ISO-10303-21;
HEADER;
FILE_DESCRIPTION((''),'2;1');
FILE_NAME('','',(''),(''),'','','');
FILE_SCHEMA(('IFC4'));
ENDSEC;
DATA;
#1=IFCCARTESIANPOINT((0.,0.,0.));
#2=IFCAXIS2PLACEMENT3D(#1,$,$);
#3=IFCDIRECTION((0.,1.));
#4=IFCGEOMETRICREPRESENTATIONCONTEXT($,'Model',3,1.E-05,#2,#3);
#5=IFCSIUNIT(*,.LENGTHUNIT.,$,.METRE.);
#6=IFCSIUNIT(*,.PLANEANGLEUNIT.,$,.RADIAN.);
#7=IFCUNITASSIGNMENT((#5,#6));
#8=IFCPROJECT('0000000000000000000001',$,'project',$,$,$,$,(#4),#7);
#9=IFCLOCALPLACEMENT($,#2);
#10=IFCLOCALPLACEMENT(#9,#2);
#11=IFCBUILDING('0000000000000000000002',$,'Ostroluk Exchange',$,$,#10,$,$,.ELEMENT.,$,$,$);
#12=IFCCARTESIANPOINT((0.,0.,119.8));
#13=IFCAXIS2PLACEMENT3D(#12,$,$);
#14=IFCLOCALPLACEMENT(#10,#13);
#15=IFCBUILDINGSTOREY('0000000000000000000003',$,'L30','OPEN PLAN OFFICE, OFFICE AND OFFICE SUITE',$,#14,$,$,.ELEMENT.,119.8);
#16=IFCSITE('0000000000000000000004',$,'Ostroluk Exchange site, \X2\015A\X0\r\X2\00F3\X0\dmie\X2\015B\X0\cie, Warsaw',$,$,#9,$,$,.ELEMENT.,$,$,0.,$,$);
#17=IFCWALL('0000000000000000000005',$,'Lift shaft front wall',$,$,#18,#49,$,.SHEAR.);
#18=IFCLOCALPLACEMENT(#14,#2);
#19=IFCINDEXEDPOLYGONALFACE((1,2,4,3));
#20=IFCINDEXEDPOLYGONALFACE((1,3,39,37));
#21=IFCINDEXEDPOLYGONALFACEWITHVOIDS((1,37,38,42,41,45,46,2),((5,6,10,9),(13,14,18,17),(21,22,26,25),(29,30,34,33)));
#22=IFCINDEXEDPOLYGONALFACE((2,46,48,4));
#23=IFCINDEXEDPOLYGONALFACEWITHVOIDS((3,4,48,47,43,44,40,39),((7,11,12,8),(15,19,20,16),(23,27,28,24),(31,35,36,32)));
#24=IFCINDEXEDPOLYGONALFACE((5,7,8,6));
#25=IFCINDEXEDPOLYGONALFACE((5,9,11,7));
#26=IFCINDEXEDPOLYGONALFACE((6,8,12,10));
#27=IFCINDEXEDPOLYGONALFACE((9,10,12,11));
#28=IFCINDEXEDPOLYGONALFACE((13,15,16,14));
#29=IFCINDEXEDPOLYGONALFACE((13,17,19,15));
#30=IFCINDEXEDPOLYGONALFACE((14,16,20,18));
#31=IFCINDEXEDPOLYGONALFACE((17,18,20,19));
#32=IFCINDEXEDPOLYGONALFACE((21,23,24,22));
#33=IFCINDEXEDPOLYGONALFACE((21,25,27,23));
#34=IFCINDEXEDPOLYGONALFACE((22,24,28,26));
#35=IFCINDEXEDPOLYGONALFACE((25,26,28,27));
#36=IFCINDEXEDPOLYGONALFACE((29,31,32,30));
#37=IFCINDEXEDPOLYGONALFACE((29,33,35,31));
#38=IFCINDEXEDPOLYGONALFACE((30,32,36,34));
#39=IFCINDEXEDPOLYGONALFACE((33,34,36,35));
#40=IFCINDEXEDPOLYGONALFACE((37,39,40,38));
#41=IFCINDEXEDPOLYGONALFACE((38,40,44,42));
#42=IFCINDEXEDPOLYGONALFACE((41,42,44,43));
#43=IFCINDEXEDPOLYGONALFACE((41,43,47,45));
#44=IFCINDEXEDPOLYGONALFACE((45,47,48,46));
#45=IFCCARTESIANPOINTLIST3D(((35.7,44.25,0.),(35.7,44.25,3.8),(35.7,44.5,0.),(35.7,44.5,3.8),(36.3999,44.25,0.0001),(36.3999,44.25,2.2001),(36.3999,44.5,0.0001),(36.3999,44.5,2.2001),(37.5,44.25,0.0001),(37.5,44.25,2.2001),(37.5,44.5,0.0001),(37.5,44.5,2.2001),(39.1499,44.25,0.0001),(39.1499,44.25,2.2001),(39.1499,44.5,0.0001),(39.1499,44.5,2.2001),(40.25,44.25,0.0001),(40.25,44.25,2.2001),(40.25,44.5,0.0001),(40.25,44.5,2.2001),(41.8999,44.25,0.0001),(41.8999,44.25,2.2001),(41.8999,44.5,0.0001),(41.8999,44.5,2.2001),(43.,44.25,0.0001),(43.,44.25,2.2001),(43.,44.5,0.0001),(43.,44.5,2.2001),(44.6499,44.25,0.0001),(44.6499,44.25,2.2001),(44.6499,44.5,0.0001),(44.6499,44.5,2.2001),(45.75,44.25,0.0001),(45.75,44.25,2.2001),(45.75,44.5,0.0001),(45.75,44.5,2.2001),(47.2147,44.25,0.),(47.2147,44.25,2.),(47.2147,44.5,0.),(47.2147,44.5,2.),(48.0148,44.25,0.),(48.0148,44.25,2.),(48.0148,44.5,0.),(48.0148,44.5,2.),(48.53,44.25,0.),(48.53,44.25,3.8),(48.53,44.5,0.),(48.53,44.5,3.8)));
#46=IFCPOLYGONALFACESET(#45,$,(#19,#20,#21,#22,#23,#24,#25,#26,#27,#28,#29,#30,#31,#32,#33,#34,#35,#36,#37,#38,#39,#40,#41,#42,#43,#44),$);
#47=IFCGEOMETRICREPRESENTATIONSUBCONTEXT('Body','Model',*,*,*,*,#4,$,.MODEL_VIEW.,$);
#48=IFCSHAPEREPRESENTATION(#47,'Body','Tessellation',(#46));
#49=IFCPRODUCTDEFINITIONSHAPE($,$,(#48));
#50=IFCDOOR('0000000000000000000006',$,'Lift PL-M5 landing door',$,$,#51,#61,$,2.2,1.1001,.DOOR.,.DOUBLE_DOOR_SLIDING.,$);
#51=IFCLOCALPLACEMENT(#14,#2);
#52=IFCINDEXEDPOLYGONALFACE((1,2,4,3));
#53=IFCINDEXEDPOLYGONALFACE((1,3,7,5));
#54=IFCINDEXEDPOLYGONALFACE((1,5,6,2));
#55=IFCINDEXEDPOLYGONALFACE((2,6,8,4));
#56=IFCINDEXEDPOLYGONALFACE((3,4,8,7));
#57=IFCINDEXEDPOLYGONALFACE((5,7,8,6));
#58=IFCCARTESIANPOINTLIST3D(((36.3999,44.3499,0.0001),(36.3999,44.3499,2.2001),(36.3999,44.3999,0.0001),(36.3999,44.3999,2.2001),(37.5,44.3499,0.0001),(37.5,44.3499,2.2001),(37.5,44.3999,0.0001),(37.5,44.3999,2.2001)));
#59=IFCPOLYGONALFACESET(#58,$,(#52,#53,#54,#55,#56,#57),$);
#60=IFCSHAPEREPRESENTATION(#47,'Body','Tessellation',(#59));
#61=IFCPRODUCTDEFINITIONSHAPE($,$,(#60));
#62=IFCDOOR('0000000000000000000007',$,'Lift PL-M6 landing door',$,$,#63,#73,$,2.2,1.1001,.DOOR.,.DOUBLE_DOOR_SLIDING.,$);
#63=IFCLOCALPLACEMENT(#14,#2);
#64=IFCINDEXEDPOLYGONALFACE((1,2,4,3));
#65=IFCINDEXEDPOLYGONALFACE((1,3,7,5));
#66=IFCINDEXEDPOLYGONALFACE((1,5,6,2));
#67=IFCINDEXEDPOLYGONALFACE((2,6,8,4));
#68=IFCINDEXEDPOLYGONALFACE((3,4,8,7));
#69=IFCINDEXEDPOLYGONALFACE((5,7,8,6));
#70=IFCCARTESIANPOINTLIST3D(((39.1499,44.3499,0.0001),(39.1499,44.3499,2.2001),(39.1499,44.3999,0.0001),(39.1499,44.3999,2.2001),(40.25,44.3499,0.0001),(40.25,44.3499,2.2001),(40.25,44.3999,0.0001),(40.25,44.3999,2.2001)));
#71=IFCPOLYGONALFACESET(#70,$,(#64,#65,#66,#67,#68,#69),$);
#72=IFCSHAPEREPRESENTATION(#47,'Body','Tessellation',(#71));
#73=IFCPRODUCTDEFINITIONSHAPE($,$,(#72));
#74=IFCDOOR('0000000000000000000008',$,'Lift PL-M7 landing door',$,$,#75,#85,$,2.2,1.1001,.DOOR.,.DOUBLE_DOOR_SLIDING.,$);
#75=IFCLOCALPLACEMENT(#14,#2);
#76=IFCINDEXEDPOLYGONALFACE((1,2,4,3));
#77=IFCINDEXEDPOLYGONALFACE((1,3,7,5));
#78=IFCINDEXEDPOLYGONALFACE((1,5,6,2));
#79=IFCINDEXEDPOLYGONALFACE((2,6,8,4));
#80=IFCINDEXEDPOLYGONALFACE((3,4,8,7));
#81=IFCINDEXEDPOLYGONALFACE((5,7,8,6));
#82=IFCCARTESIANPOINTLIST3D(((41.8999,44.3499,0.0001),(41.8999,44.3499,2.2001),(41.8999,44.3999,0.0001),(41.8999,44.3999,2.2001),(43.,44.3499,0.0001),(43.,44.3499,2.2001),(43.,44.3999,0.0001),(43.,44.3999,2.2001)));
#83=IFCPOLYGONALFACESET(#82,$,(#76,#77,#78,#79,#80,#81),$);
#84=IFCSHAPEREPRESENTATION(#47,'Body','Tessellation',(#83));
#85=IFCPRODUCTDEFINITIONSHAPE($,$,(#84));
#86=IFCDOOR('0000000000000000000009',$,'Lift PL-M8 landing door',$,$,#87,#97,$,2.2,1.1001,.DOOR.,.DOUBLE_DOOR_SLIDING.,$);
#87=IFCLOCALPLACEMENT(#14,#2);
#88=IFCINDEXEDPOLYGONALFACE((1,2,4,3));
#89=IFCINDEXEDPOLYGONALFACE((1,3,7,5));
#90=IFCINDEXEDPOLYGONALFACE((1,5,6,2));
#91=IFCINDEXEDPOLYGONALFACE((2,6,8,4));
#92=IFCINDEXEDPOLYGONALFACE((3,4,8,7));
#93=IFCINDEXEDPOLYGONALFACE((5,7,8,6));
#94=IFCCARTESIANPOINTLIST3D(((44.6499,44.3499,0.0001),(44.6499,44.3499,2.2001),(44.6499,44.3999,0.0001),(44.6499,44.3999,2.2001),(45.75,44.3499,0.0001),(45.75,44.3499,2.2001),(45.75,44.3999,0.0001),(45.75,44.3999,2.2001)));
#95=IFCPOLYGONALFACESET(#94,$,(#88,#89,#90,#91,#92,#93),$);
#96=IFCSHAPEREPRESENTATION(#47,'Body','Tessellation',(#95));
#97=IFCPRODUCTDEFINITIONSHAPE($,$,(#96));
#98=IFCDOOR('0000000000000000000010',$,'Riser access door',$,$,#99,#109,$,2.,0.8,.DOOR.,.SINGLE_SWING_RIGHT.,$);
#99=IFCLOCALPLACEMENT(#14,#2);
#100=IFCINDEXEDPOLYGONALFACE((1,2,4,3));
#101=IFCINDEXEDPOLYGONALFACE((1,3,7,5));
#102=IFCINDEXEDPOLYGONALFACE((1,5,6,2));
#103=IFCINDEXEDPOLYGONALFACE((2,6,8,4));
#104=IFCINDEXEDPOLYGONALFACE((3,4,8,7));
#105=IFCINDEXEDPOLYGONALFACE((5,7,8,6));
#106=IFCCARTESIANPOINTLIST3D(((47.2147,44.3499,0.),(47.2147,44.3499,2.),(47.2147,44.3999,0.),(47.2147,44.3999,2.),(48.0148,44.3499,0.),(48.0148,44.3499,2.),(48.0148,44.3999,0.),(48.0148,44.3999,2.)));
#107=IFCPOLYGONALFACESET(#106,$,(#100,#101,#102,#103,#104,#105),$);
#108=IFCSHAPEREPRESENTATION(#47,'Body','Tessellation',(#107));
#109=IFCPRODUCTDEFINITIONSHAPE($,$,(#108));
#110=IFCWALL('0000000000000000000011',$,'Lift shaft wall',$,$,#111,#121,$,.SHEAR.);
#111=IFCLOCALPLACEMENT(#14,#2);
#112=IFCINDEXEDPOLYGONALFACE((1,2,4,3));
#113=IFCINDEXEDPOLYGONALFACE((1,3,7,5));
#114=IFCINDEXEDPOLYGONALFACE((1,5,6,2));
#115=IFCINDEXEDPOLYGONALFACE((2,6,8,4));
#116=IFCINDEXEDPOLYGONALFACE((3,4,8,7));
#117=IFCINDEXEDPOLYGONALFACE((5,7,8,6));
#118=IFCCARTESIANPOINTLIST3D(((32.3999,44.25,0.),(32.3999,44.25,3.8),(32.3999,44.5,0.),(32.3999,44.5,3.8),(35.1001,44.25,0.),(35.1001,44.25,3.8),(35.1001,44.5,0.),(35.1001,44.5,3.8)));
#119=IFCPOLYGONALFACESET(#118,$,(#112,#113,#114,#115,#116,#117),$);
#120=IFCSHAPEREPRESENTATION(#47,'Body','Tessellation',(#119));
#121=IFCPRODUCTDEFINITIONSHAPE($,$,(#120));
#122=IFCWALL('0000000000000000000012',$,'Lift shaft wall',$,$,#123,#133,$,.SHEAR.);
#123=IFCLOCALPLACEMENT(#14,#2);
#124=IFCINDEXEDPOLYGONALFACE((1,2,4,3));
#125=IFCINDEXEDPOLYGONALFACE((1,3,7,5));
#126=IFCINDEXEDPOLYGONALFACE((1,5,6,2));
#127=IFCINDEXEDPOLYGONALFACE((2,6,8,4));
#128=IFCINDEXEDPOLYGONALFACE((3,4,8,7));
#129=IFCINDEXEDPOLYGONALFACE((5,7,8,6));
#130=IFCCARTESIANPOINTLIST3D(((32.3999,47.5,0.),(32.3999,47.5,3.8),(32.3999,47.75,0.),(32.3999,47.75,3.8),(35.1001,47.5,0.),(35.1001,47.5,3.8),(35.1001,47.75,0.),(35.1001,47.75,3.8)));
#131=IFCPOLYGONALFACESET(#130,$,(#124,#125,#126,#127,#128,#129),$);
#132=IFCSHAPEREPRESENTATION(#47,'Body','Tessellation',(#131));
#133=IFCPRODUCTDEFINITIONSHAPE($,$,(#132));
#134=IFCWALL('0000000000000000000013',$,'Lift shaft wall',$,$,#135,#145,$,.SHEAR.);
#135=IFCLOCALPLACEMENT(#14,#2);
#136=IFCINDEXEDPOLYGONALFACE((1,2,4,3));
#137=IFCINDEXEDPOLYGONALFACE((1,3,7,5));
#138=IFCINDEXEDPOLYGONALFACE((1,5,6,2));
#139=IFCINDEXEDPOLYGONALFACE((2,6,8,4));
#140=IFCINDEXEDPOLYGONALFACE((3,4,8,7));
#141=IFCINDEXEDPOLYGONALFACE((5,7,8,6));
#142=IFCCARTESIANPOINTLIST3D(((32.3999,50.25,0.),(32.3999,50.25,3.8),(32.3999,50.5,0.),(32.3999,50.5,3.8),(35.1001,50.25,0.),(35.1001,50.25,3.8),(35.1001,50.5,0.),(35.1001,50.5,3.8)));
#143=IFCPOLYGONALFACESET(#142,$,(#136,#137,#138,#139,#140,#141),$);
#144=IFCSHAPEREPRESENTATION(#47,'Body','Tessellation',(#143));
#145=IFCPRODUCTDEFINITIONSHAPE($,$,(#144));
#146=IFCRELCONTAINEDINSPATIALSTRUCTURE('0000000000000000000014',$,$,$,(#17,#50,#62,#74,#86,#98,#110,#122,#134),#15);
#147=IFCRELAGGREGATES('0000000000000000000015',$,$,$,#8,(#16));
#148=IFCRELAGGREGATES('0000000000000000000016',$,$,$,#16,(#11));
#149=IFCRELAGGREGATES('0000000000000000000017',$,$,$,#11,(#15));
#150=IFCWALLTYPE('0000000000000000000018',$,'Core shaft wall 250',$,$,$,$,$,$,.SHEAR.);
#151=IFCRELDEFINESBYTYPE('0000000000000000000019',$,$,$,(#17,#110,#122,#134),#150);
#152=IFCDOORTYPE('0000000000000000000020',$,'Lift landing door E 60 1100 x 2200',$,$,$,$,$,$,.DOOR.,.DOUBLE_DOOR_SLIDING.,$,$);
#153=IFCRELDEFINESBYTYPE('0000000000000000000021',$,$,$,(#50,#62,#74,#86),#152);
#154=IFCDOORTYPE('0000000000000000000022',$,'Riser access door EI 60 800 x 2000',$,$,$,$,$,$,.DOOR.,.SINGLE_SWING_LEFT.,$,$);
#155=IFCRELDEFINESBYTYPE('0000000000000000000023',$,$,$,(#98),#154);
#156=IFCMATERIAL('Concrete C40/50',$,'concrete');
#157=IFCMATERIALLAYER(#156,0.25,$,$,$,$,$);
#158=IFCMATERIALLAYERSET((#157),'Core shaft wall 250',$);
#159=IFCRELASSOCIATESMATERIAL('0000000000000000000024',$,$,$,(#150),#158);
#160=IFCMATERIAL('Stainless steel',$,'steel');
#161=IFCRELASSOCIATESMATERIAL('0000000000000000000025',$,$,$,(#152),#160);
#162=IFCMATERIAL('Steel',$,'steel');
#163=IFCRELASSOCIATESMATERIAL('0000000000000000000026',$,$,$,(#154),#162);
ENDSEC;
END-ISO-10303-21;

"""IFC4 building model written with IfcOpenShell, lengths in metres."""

from ifc_helpers import new_model, si_unit, direction, frame, frame_2d, origin, place, context, subcontext, project, spatial, rectangle, extrude, material, layer, layer_set, type_object, element, fill, save


model = new_model("IFC4")

# Units and contexts
model_context = context("Model", 3, precision=1e-05, world=origin(), true_north=direction((0.0, 1.0)))
body_context = subcontext(model_context, "Body", "Model", "MODEL_VIEW")
ifc_project = project(units=[si_unit("LENGTHUNIT", "METRE"), si_unit("PLANEANGLEUNIT", "RADIAN")], contexts=[model_context])

# Site, building, storey
site_placement = place(None, origin())
site = spatial("IfcSite", under=ifc_project, at=site_placement, Name="Ostroluk Exchange site, Śródmieście, Warsaw", CompositionType="ELEMENT", RefElevation=0.0)
building_placement = place(site_placement, origin())
building = spatial("IfcBuilding", under=site, at=building_placement, Name="Ostroluk Exchange", CompositionType="ELEMENT")
storey_placement = place(building_placement, frame((0.0, 0.0, 119.8)))
storey = spatial("IfcBuildingStorey", under=building, at=storey_placement, Name="L30", Description="OPEN PLAN OFFICE, OFFICE AND OFFICE SUITE", CompositionType="ELEMENT", Elevation=119.8)

# Shared definitions
ifc_material_1 = material(Name="Concrete C40/50", Category="concrete")
ifc_layer = layer(ifc_material_1, 0.25)
ifc_layer_set = layer_set([ifc_layer], Name="Core shaft wall 250")
wall_type = type_object("IfcWallType", Name="Core shaft wall 250", PredefinedType="SHEAR", material=ifc_layer_set)

# Shared definitions
ifc_material_2 = material(Name="Stainless steel", Category="steel")
door_type_1 = type_object("IfcDoorType", Name="Lift landing door E 60 1100 x 2200", OperationType="DOUBLE_DOOR_SLIDING", PredefinedType="DOOR", material=ifc_material_2)
ifc_material_3 = material(Name="Steel", Category="steel")
door_type_2 = type_object("IfcDoorType", Name="Riser access door EI 60 800 x 2000", OperationType="SINGLE_SWING_LEFT", PredefinedType="DOOR", material=ifc_material_3)

# Wall, openings, doors
wall_1_placement = place(storey_placement, frame((35.7, 44.375, 0.0), z_axis=(0.0, 0.0, 1.0), x_axis=(1.0, 0.0, 0.0)))
wall_1 = element("IfcWall", 1, at=wall_1_placement, inside=storey, type_object=wall_type, Name="Lift shaft front wall", PredefinedType="SHEAR", context=body_context, shape_type="SweptSolid", body=[
    extrude(rectangle(XDim=12.8301, YDim=0.25, at=frame_2d((6.415, 0.0))), origin(), (0.0, 0.0, 1.0), 3.8),
])
opening_1_placement = place(wall_1_placement, frame((0.7, 0.0, 0.0)))
opening_1 = element("IfcOpeningElement", 2, at=opening_1_placement, cuts=wall_1, PredefinedType="OPENING", context=body_context, shape_type="SweptSolid", body=[
    extrude(rectangle(XDim=1.1001, YDim=2.2, at=frame_2d((0.55, 1.1001))), frame((0.0, 0.135, 0.0), z_axis=(0.0, -1.0, 0.0), x_axis=(1.0, 0.0, 0.0)), (0.0, 0.0, 1.0), 0.27),
])
opening_2_placement = place(wall_1_placement, frame((3.45, 0.0, 0.0)))
opening_2 = element("IfcOpeningElement", 3, at=opening_2_placement, cuts=wall_1, PredefinedType="OPENING", context=body_context, shape_type="SweptSolid", body=[
    extrude(rectangle(XDim=1.1001, YDim=2.2, at=frame_2d((0.55, 1.1001))), frame((0.0, 0.135, 0.0), z_axis=(0.0, -1.0, 0.0), x_axis=(1.0, 0.0, 0.0)), (0.0, 0.0, 1.0), 0.27),
])
opening_3_placement = place(wall_1_placement, frame((6.2, 0.0, 0.0)))
opening_3 = element("IfcOpeningElement", 4, at=opening_3_placement, cuts=wall_1, PredefinedType="OPENING", context=body_context, shape_type="SweptSolid", body=[
    extrude(rectangle(XDim=1.1001, YDim=2.2, at=frame_2d((0.55, 1.1001))), frame((0.0, 0.135, 0.0), z_axis=(0.0, -1.0, 0.0), x_axis=(1.0, 0.0, 0.0)), (0.0, 0.0, 1.0), 0.27),
])
opening_4_placement = place(wall_1_placement, frame((8.95, 0.0, 0.0)))
opening_4 = element("IfcOpeningElement", 5, at=opening_4_placement, cuts=wall_1, PredefinedType="OPENING", context=body_context, shape_type="SweptSolid", body=[
    extrude(rectangle(XDim=1.1001, YDim=2.2, at=frame_2d((0.55, 1.1001))), frame((0.0, 0.135, 0.0), z_axis=(0.0, -1.0, 0.0), x_axis=(1.0, 0.0, 0.0)), (0.0, 0.0, 1.0), 0.27),
])
opening_5_placement = place(wall_1_placement, frame((11.5149, 0.0, 0.0)))
opening_5 = element("IfcOpeningElement", 6, at=opening_5_placement, cuts=wall_1, PredefinedType="OPENING", context=body_context, shape_type="SweptSolid", body=[
    extrude(rectangle(XDim=0.8, YDim=2.0, at=frame_2d((0.3999, 1.0))), frame((0.0, 0.135, 0.0), z_axis=(0.0, -1.0, 0.0), x_axis=(1.0, 0.0, 0.0)), (0.0, 0.0, 1.0), 0.27),
])
door_1_placement = place(opening_1_placement, origin())
door_1 = element("IfcDoor", 7, at=door_1_placement, inside=storey, type_object=door_type_1, Name="Lift PL-M5 landing door", OperationType="DOUBLE_DOOR_SLIDING", OverallHeight=2.2, OverallWidth=1.1001, PredefinedType="DOOR", context=body_context, shape_type="SweptSolid", body=[
    extrude(rectangle(XDim=1.1001, YDim=2.2, at=frame_2d((0.55, 1.1001))), frame((0.0, 0.0249, 0.0), z_axis=(0.0, -1.0, 0.0), x_axis=(1.0, 0.0, 0.0)), (0.0, 0.0, 1.0), 0.05),
])
fill(opening_1, door_1)
door_2_placement = place(opening_2_placement, origin())
door_2 = element("IfcDoor", 8, at=door_2_placement, inside=storey, type_object=door_type_1, Name="Lift PL-M6 landing door", OperationType="DOUBLE_DOOR_SLIDING", OverallHeight=2.2, OverallWidth=1.1001, PredefinedType="DOOR", context=body_context, shape_type="SweptSolid", body=[
    extrude(rectangle(XDim=1.1001, YDim=2.2, at=frame_2d((0.55, 1.1001))), frame((0.0, 0.0249, 0.0), z_axis=(0.0, -1.0, 0.0), x_axis=(1.0, 0.0, 0.0)), (0.0, 0.0, 1.0), 0.05),
])
fill(opening_2, door_2)
door_3_placement = place(opening_3_placement, origin())
door_3 = element("IfcDoor", 9, at=door_3_placement, inside=storey, type_object=door_type_1, Name="Lift PL-M7 landing door", OperationType="DOUBLE_DOOR_SLIDING", OverallHeight=2.2, OverallWidth=1.1001, PredefinedType="DOOR", context=body_context, shape_type="SweptSolid", body=[
    extrude(rectangle(XDim=1.1001, YDim=2.2, at=frame_2d((0.55, 1.1001))), frame((0.0, 0.0249, 0.0), z_axis=(0.0, -1.0, 0.0), x_axis=(1.0, 0.0, 0.0)), (0.0, 0.0, 1.0), 0.05),
])
fill(opening_3, door_3)
door_4_placement = place(opening_4_placement, origin())
door_4 = element("IfcDoor", 10, at=door_4_placement, inside=storey, type_object=door_type_1, Name="Lift PL-M8 landing door", OperationType="DOUBLE_DOOR_SLIDING", OverallHeight=2.2, OverallWidth=1.1001, PredefinedType="DOOR", context=body_context, shape_type="SweptSolid", body=[
    extrude(rectangle(XDim=1.1001, YDim=2.2, at=frame_2d((0.55, 1.1001))), frame((0.0, 0.0249, 0.0), z_axis=(0.0, -1.0, 0.0), x_axis=(1.0, 0.0, 0.0)), (0.0, 0.0, 1.0), 0.05),
])
fill(opening_4, door_4)
door_5_placement = place(opening_5_placement, origin())
door_5 = element("IfcDoor", 11, at=door_5_placement, inside=storey, type_object=door_type_2, Name="Riser access door", OperationType="SINGLE_SWING_RIGHT", OverallHeight=2.0, OverallWidth=0.8, PredefinedType="DOOR", context=body_context, shape_type="SweptSolid", body=[
    extrude(rectangle(XDim=0.8, YDim=2.0, at=frame_2d((0.3999, 1.0))), frame((0.0, 0.0249, 0.0), z_axis=(0.0, -1.0, 0.0), x_axis=(1.0, 0.0, 0.0)), (0.0, 0.0, 1.0), 0.05),
])
fill(opening_5, door_5)

# Walls
for number, where, z_axis, x_axis, name in (
    (12, (32.3999, 44.375, 0.0), (0.0, 0.0, 1.0), (1.0, 0.0, 0.0), "Lift shaft wall"),
    (13, (32.3999, 47.625, 0.0), (0.0, 0.0, 1.0), (1.0, 0.0, 0.0), "Lift shaft wall"),
    (14, (32.3999, 50.375, 0.0), (0.0, 0.0, 1.0), (1.0, 0.0, 0.0), "Lift shaft wall"),
):
    element("IfcWall", number, at=place(storey_placement, frame(where, z_axis=z_axis, x_axis=x_axis)), inside=storey, type_object=wall_type, Name=name, PredefinedType="SHEAR", context=body_context, shape_type="SweptSolid", body=[
        extrude(rectangle(XDim=2.7002, YDim=0.25, at=frame_2d((1.3501, 0.0))), origin(), (0.0, 0.0, 1.0), 3.8),
    ])

save(model, "model.ifc")
